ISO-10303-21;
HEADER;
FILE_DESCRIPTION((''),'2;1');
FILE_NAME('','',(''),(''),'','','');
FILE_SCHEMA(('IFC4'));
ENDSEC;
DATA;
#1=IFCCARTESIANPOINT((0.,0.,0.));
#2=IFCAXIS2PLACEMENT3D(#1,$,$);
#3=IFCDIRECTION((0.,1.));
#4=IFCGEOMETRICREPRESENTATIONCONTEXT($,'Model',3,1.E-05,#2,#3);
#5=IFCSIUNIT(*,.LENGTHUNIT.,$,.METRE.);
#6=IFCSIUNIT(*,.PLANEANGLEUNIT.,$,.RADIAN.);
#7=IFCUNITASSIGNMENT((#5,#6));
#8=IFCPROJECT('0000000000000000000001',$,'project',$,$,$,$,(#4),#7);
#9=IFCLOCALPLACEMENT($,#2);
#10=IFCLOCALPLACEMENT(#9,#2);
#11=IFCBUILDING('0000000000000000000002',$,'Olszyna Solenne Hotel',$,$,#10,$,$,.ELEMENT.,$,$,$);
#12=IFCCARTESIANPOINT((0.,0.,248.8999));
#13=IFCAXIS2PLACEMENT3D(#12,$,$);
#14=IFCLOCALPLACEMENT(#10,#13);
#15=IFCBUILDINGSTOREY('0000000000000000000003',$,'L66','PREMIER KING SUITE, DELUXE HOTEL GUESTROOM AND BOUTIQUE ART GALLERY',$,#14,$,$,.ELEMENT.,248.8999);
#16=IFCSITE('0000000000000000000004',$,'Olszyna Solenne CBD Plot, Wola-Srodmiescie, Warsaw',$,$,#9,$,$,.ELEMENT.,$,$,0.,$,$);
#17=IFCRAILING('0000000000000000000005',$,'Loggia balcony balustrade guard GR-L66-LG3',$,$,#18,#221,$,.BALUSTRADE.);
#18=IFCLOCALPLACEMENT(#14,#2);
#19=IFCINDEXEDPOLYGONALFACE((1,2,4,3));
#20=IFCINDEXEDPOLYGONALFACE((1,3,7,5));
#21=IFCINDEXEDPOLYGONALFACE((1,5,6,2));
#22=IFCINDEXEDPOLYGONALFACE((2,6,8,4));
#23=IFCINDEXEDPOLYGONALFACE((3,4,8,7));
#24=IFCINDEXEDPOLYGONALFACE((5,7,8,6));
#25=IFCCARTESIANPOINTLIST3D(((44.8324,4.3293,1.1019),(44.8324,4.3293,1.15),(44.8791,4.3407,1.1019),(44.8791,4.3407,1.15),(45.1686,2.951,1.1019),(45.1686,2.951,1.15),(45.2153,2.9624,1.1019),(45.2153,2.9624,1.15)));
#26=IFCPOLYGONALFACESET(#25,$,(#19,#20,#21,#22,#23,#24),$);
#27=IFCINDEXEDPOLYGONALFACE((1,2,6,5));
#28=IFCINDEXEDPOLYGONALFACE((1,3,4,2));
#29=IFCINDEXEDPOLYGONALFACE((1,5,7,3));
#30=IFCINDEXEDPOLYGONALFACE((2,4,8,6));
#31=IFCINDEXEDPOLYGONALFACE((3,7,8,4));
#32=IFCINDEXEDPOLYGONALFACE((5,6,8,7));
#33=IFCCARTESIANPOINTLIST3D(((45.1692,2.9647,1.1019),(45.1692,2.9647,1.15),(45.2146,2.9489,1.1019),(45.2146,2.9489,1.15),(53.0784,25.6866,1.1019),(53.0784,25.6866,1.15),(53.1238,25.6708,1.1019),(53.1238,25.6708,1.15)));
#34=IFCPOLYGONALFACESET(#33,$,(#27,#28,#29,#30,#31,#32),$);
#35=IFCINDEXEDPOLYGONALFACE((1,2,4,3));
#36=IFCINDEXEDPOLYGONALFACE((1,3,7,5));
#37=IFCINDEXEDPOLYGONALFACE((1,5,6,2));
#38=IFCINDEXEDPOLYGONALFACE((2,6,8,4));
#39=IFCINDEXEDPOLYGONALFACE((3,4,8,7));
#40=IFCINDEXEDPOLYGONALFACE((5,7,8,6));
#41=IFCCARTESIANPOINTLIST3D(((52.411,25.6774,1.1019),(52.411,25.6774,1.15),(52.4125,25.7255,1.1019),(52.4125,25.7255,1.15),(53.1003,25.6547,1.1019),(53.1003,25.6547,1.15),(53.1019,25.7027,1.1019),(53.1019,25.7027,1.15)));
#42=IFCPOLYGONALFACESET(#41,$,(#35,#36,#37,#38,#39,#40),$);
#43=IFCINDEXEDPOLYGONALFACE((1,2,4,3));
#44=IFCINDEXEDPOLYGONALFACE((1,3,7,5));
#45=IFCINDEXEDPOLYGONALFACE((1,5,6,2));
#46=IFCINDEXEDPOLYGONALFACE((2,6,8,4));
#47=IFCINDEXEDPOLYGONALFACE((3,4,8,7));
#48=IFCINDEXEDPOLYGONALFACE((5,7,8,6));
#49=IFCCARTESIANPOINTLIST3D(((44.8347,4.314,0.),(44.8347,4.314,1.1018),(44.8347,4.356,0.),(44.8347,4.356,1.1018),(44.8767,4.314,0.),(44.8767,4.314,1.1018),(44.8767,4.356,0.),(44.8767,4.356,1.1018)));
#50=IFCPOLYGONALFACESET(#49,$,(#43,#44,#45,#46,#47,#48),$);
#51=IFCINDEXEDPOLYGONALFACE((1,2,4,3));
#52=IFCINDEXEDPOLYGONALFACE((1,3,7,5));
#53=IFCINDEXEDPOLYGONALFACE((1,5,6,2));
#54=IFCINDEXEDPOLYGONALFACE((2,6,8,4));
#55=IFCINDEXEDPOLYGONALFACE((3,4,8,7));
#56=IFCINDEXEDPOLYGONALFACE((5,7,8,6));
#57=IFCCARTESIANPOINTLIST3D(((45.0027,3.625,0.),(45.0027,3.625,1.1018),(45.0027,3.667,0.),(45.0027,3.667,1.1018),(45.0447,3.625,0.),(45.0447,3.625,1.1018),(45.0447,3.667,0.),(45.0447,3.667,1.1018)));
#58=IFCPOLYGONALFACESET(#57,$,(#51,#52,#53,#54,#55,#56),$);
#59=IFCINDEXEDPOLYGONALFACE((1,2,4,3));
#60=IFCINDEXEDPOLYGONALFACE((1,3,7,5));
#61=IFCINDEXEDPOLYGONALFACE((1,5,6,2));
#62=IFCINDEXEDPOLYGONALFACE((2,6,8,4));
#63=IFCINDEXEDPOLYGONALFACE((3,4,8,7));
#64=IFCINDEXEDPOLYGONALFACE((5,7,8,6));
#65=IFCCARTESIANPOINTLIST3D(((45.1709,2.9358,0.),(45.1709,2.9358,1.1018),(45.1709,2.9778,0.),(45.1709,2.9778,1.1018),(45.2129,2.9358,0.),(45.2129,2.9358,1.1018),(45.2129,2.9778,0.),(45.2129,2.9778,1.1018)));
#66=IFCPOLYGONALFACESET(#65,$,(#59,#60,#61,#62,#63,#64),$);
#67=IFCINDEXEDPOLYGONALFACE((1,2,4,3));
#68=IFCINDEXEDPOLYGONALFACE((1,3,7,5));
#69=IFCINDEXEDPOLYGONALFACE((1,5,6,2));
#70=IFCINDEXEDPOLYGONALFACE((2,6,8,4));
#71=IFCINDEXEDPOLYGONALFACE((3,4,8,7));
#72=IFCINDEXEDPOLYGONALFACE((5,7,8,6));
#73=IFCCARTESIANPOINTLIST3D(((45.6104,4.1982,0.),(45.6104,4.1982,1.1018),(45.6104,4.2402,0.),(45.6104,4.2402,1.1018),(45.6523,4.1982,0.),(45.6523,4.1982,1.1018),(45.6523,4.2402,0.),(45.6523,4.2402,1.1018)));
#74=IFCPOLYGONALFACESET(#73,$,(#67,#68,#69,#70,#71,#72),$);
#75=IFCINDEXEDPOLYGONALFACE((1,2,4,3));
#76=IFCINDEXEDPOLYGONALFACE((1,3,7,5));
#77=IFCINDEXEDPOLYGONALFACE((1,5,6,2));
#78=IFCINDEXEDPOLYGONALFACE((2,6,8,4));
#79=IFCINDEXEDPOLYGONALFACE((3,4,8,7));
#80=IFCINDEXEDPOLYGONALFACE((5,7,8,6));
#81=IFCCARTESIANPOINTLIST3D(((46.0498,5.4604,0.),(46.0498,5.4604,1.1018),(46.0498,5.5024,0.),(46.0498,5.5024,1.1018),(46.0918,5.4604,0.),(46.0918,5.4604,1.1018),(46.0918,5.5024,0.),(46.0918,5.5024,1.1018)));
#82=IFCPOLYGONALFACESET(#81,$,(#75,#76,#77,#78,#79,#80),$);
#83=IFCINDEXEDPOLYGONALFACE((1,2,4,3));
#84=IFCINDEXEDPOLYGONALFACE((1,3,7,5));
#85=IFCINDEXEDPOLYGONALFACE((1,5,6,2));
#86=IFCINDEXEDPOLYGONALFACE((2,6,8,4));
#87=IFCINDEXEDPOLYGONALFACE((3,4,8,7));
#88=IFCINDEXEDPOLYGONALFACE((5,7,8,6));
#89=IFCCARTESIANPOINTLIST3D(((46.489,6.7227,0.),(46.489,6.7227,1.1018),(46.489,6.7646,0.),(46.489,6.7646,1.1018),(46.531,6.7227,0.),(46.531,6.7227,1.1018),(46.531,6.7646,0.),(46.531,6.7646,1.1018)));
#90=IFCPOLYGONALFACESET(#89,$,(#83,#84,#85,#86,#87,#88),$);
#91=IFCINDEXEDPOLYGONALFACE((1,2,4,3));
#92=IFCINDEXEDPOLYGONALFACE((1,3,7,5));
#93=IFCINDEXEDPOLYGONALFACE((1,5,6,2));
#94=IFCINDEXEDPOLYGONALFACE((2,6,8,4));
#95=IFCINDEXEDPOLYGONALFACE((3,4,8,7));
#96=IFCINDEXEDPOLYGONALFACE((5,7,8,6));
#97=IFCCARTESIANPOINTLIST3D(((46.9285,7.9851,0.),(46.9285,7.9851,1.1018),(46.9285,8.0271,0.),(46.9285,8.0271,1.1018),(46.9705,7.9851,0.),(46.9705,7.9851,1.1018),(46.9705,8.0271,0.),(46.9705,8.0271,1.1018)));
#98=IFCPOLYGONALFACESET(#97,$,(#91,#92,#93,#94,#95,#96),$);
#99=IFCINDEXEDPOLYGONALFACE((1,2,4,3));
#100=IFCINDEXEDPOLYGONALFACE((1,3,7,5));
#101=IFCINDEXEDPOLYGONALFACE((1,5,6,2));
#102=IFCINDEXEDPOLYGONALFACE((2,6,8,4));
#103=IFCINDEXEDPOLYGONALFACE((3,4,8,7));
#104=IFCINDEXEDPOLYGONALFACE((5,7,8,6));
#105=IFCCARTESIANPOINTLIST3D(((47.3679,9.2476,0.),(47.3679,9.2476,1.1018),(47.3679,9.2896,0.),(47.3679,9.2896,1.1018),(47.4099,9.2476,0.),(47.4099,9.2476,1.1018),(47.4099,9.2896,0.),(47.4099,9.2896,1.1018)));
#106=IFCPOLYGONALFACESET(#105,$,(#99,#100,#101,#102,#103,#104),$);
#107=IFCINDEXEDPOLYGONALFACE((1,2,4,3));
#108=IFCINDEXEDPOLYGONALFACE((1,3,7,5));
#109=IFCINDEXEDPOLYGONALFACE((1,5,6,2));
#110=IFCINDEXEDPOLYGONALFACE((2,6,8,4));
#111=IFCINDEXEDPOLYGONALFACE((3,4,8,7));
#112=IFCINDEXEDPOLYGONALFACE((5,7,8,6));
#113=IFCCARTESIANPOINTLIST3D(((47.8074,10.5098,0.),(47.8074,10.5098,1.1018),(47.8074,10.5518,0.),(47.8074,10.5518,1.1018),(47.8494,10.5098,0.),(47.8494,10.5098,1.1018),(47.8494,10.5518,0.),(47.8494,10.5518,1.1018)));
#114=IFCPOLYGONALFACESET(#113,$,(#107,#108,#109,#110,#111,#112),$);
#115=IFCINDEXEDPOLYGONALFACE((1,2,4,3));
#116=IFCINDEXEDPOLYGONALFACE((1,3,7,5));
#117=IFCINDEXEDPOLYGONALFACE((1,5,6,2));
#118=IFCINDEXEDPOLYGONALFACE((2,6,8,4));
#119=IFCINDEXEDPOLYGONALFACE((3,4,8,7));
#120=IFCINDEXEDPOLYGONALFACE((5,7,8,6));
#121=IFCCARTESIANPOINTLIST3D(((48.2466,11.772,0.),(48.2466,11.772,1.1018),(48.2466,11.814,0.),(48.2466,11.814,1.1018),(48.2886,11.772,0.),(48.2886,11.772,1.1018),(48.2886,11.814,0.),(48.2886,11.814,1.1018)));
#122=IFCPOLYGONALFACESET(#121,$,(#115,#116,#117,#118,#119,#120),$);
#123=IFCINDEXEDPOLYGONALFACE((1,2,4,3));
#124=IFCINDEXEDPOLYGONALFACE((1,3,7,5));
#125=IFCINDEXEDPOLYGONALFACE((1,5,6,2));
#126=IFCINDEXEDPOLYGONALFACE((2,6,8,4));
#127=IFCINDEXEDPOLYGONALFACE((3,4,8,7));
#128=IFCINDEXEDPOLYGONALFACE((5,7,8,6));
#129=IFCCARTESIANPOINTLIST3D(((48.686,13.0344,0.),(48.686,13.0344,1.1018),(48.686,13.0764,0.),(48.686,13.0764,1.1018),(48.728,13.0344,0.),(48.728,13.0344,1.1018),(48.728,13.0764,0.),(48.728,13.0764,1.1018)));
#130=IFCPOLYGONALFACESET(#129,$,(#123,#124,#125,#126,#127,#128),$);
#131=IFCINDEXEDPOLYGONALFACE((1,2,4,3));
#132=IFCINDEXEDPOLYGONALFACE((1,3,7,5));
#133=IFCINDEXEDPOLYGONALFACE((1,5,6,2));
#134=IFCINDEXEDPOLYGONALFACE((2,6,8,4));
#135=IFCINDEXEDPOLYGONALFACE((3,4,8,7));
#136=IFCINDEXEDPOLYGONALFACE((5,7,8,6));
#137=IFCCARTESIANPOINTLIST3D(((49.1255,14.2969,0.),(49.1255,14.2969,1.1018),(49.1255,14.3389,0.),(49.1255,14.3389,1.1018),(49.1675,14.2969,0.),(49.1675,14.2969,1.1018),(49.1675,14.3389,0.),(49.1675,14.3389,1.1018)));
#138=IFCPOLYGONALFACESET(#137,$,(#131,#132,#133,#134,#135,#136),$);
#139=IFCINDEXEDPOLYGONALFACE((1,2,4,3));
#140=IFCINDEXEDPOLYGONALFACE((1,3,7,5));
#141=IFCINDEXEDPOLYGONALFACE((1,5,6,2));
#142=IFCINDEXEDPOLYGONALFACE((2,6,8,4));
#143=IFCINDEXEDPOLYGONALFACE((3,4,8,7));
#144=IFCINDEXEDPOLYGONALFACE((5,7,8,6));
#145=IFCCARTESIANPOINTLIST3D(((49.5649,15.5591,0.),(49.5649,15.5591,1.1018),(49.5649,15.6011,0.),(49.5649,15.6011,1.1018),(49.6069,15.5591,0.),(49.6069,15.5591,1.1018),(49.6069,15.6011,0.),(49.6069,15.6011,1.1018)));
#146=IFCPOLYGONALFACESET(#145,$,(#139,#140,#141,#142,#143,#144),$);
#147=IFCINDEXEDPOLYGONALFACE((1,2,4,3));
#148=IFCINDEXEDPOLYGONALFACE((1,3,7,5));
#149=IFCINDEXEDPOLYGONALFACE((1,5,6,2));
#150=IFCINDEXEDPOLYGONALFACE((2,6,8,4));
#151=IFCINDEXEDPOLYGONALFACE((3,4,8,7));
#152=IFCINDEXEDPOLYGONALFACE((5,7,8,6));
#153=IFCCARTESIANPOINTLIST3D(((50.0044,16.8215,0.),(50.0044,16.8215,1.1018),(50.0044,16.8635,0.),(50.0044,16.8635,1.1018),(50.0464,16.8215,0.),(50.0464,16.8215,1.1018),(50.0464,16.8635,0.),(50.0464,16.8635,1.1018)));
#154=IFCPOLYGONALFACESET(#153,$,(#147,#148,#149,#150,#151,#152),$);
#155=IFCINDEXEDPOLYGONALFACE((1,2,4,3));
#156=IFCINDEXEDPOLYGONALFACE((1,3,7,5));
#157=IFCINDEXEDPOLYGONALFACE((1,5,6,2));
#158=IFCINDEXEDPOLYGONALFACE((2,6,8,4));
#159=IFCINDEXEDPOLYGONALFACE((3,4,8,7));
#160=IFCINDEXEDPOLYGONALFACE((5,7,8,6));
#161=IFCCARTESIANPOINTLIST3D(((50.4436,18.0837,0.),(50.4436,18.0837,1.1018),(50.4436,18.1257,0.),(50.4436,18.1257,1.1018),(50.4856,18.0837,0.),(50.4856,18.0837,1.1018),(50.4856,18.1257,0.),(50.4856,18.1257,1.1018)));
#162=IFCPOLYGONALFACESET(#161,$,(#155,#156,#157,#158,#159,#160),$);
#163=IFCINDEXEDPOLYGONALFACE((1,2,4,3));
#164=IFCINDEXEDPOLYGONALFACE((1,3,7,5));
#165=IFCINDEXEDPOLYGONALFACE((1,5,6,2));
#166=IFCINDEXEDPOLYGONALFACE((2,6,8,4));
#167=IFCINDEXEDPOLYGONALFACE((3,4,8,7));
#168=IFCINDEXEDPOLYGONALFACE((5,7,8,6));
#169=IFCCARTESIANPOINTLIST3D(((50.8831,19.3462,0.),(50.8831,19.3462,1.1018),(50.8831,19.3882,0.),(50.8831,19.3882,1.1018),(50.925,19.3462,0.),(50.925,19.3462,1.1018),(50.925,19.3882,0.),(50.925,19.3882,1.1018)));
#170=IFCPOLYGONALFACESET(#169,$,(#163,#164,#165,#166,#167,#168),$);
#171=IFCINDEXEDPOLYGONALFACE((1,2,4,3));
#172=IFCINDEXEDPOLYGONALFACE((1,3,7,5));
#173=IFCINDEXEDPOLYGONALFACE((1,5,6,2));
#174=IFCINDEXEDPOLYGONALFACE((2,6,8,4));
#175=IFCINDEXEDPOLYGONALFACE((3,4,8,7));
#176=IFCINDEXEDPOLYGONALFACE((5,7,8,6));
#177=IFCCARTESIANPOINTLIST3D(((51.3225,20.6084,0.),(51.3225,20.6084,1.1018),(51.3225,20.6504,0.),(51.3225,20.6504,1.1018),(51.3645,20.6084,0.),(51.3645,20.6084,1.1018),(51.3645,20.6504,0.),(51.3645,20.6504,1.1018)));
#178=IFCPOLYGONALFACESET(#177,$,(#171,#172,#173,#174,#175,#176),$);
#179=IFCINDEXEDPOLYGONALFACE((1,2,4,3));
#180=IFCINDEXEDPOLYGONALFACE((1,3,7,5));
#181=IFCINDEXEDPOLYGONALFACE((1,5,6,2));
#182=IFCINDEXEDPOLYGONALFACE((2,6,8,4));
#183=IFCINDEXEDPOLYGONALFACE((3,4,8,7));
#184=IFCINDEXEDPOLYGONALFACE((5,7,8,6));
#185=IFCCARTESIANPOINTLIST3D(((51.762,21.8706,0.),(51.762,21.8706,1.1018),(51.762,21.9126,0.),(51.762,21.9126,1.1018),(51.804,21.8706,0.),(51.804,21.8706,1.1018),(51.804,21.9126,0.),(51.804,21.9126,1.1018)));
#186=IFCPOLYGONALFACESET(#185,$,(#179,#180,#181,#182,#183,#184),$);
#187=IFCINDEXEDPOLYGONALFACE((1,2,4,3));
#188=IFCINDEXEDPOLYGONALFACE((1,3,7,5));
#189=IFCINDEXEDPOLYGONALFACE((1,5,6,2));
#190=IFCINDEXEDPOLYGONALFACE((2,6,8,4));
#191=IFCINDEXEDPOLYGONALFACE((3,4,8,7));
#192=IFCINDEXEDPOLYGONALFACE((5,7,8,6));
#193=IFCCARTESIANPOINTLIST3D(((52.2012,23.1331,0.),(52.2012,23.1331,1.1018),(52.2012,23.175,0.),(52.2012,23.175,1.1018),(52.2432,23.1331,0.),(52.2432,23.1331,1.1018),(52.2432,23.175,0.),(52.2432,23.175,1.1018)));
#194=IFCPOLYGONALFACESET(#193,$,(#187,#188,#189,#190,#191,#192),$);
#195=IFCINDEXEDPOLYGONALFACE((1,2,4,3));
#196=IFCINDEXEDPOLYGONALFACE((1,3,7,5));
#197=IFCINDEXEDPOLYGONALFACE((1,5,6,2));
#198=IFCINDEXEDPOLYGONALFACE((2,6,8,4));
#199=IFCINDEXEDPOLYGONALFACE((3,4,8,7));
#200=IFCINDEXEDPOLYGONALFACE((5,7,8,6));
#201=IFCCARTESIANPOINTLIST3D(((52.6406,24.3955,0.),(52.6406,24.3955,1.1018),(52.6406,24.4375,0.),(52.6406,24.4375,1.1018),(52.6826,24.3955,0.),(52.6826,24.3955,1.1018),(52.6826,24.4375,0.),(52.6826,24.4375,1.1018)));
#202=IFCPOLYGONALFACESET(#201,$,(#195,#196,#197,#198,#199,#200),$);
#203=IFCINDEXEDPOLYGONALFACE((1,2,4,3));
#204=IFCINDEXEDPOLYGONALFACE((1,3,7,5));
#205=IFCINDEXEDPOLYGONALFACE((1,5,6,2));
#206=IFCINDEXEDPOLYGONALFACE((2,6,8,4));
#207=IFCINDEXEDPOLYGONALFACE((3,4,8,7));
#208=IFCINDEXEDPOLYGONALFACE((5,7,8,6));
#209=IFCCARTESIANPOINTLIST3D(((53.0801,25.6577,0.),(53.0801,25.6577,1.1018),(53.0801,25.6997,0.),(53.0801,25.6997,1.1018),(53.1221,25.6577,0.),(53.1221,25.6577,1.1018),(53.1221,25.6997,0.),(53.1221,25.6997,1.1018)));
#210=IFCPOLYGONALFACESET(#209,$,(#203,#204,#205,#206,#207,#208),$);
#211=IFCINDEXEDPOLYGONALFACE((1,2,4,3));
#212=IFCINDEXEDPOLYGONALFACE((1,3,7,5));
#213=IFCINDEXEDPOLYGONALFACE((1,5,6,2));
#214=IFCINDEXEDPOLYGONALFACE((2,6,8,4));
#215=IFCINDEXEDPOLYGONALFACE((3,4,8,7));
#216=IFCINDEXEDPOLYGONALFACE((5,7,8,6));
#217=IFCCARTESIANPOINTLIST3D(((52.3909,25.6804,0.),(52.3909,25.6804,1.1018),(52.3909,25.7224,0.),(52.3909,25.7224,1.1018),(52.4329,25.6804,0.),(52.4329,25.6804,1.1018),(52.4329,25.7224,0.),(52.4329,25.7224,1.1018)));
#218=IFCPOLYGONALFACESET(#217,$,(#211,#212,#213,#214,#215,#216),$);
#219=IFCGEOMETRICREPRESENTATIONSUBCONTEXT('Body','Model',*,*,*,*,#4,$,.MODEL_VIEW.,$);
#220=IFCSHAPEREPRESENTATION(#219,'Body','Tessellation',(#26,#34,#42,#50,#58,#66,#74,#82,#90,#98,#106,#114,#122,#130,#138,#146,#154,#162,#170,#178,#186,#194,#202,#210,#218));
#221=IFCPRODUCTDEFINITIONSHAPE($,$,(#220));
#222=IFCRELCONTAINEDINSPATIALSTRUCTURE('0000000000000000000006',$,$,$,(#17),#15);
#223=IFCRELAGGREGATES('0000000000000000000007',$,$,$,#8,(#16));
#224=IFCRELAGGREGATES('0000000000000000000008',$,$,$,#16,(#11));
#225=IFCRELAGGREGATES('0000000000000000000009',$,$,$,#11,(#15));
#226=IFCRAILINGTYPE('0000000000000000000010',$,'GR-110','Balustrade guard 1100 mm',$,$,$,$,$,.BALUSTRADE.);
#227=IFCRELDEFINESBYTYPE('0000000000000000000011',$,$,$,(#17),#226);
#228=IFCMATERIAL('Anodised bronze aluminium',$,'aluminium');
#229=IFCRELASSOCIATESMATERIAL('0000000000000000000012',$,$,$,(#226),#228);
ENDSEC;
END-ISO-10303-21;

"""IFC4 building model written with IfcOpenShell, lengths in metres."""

from ifc_helpers import new_model, si_unit, direction, frame, origin, origin_2d, place, context, subcontext, project, spatial, rectangle, extrude, material, type_object, element, save


model = new_model("IFC4")

# Units and contexts
model_context = context("Model", 3, precision=1e-05, world=origin(), true_north=direction((0.0, 1.0)))
body_context = subcontext(model_context, "Body", "Model", "MODEL_VIEW")
ifc_project = project(units=[si_unit("LENGTHUNIT", "METRE"), si_unit("PLANEANGLEUNIT", "RADIAN")], contexts=[model_context])

# Site, building, storey
site_placement = place(None, origin())
site = spatial("IfcSite", under=ifc_project, at=site_placement, Name="Olszyna Solenne CBD Plot, Wola-Srodmiescie, Warsaw", CompositionType="ELEMENT", RefElevation=0.0)
building_placement = place(site_placement, origin())
building = spatial("IfcBuilding", under=site, at=building_placement, Name="Olszyna Solenne Hotel", CompositionType="ELEMENT")
storey_placement = place(building_placement, frame((0.0, 0.0, 248.8999)))
storey = spatial("IfcBuildingStorey", under=building, at=storey_placement, Name="L66", Description="PREMIER KING SUITE, DELUXE HOTEL GUESTROOM AND BOUTIQUE ART GALLERY", CompositionType="ELEMENT", Elevation=248.8999)

# Shared definitions
ifc_material_1 = material(Name="Anodised bronze aluminium", Category="aluminium")

# Railing
railing_type_1 = type_object("IfcRailingType", Name="GR-110", Description="Balustrade guard 1100 mm", PredefinedType="BALUSTRADE", material=ifc_material_1)
railing_1_placement = place(storey_placement, frame((44.8557, 4.335, 0.0)))
element("IfcRailing", 1, at=railing_1_placement, inside=storey, type_object=railing_type_1, Name="Loggia balcony balustrade guard GR-L66-LG3", PredefinedType="BALUSTRADE", context=body_context, shape_type="SweptSolid", body=[
    extrude(rectangle(XDim=0.0481, YDim=0.0481, at=origin_2d()), frame((0.0, 0.0, 1.126), z_axis=(0.236984, -0.971514, 0.0), x_axis=(0.971514, 0.236984, 0.0)), (0.0, 0.0, 1.0), 1.4187),
    extrude(rectangle(XDim=0.0481, YDim=0.0481, at=origin_2d()), frame((0.3362, -1.3782, 1.126), z_axis=(0.328739, 0.944421, 0.0), x_axis=(-0.944421, 0.328739, 0.0)), (0.0, 0.0, 1.0), 24.0591),
    extrude(rectangle(XDim=0.0481, YDim=0.0481, at=origin_2d()), frame((8.2454, 21.3438, 1.126), z_axis=(-0.999458, 0.032926, 0.0), x_axis=(-0.032926, -0.999458, 0.0)), (0.0, 0.0, 1.0), 0.6897),
    extrude(rectangle(XDim=0.042, YDim=0.042, at=origin_2d()), origin(), (0.0, 0.0, 1.0), 1.1018),
    extrude(rectangle(XDim=0.042, YDim=0.042, at=origin_2d()), frame((0.168, -0.689, 0.0)), (0.0, 0.0, 1.0), 1.1018),
    extrude(rectangle(XDim=0.042, YDim=0.042, at=origin_2d()), frame((0.3362, -1.3782, 0.0)), (0.0, 0.0, 1.0), 1.1018),
    extrude(rectangle(XDim=0.042, YDim=0.042, at=origin_2d()), frame((0.7756, -0.1157, 0.0)), (0.0, 0.0, 1.0), 1.1018),
    extrude(rectangle(XDim=0.042, YDim=0.042, at=origin_2d()), frame((1.2151, 1.1465, 0.0)), (0.0, 0.0, 1.0), 1.1018),
    extrude(rectangle(XDim=0.042, YDim=0.042, at=origin_2d()), frame((1.6543, 2.4087, 0.0)), (0.0, 0.0, 1.0), 1.1018),
    extrude(rectangle(XDim=0.042, YDim=0.042, at=origin_2d()), frame((2.0938, 3.6711, 0.0)), (0.0, 0.0, 1.0), 1.1018),
    extrude(rectangle(XDim=0.042, YDim=0.042, at=origin_2d()), frame((2.5332, 4.9336, 0.0)), (0.0, 0.0, 1.0), 1.1018),
    extrude(rectangle(XDim=0.042, YDim=0.042, at=origin_2d()), frame((2.9727, 6.1958, 0.0)), (0.0, 0.0, 1.0), 1.1018),
    extrude(rectangle(XDim=0.042, YDim=0.042, at=origin_2d()), frame((3.4119, 7.458, 0.0)), (0.0, 0.0, 1.0), 1.1018),
    extrude(rectangle(XDim=0.042, YDim=0.042, at=origin_2d()), frame((3.8513, 8.7205, 0.0)), (0.0, 0.0, 1.0), 1.1018),
    extrude(rectangle(XDim=0.042, YDim=0.042, at=origin_2d()), frame((4.2908, 9.9829, 0.0)), (0.0, 0.0, 1.0), 1.1018),
    extrude(rectangle(XDim=0.042, YDim=0.042, at=origin_2d()), frame((4.7302, 11.2451, 0.0)), (0.0, 0.0, 1.0), 1.1018),
    extrude(rectangle(XDim=0.042, YDim=0.042, at=origin_2d()), frame((5.1697, 12.5076, 0.0)), (0.0, 0.0, 1.0), 1.1018),
    extrude(rectangle(XDim=0.042, YDim=0.042, at=origin_2d()), frame((5.6089, 13.7698, 0.0)), (0.0, 0.0, 1.0), 1.1018),
    extrude(rectangle(XDim=0.042, YDim=0.042, at=origin_2d()), frame((6.0483, 15.0322, 0.0)), (0.0, 0.0, 1.0), 1.1018),
    extrude(rectangle(XDim=0.042, YDim=0.042, at=origin_2d()), frame((6.4878, 16.2944, 0.0)), (0.0, 0.0, 1.0), 1.1018),
    extrude(rectangle(XDim=0.042, YDim=0.042, at=origin_2d()), frame((6.9272, 17.5566, 0.0)), (0.0, 0.0, 1.0), 1.1018),
    extrude(rectangle(XDim=0.042, YDim=0.042, at=origin_2d()), frame((7.3665, 18.8191, 0.0)), (0.0, 0.0, 1.0), 1.1018),
    extrude(rectangle(XDim=0.042, YDim=0.042, at=origin_2d()), frame((7.8059, 20.0815, 0.0)), (0.0, 0.0, 1.0), 1.1018),
    extrude(rectangle(XDim=0.042, YDim=0.042, at=origin_2d()), frame((8.2454, 21.3438, 0.0)), (0.0, 0.0, 1.0), 1.1018),
    extrude(rectangle(XDim=0.042, YDim=0.042, at=origin_2d()), frame((7.5562, 21.3665, 0.0)), (0.0, 0.0, 1.0), 1.1018),
])

save(model, "model.ifc")
